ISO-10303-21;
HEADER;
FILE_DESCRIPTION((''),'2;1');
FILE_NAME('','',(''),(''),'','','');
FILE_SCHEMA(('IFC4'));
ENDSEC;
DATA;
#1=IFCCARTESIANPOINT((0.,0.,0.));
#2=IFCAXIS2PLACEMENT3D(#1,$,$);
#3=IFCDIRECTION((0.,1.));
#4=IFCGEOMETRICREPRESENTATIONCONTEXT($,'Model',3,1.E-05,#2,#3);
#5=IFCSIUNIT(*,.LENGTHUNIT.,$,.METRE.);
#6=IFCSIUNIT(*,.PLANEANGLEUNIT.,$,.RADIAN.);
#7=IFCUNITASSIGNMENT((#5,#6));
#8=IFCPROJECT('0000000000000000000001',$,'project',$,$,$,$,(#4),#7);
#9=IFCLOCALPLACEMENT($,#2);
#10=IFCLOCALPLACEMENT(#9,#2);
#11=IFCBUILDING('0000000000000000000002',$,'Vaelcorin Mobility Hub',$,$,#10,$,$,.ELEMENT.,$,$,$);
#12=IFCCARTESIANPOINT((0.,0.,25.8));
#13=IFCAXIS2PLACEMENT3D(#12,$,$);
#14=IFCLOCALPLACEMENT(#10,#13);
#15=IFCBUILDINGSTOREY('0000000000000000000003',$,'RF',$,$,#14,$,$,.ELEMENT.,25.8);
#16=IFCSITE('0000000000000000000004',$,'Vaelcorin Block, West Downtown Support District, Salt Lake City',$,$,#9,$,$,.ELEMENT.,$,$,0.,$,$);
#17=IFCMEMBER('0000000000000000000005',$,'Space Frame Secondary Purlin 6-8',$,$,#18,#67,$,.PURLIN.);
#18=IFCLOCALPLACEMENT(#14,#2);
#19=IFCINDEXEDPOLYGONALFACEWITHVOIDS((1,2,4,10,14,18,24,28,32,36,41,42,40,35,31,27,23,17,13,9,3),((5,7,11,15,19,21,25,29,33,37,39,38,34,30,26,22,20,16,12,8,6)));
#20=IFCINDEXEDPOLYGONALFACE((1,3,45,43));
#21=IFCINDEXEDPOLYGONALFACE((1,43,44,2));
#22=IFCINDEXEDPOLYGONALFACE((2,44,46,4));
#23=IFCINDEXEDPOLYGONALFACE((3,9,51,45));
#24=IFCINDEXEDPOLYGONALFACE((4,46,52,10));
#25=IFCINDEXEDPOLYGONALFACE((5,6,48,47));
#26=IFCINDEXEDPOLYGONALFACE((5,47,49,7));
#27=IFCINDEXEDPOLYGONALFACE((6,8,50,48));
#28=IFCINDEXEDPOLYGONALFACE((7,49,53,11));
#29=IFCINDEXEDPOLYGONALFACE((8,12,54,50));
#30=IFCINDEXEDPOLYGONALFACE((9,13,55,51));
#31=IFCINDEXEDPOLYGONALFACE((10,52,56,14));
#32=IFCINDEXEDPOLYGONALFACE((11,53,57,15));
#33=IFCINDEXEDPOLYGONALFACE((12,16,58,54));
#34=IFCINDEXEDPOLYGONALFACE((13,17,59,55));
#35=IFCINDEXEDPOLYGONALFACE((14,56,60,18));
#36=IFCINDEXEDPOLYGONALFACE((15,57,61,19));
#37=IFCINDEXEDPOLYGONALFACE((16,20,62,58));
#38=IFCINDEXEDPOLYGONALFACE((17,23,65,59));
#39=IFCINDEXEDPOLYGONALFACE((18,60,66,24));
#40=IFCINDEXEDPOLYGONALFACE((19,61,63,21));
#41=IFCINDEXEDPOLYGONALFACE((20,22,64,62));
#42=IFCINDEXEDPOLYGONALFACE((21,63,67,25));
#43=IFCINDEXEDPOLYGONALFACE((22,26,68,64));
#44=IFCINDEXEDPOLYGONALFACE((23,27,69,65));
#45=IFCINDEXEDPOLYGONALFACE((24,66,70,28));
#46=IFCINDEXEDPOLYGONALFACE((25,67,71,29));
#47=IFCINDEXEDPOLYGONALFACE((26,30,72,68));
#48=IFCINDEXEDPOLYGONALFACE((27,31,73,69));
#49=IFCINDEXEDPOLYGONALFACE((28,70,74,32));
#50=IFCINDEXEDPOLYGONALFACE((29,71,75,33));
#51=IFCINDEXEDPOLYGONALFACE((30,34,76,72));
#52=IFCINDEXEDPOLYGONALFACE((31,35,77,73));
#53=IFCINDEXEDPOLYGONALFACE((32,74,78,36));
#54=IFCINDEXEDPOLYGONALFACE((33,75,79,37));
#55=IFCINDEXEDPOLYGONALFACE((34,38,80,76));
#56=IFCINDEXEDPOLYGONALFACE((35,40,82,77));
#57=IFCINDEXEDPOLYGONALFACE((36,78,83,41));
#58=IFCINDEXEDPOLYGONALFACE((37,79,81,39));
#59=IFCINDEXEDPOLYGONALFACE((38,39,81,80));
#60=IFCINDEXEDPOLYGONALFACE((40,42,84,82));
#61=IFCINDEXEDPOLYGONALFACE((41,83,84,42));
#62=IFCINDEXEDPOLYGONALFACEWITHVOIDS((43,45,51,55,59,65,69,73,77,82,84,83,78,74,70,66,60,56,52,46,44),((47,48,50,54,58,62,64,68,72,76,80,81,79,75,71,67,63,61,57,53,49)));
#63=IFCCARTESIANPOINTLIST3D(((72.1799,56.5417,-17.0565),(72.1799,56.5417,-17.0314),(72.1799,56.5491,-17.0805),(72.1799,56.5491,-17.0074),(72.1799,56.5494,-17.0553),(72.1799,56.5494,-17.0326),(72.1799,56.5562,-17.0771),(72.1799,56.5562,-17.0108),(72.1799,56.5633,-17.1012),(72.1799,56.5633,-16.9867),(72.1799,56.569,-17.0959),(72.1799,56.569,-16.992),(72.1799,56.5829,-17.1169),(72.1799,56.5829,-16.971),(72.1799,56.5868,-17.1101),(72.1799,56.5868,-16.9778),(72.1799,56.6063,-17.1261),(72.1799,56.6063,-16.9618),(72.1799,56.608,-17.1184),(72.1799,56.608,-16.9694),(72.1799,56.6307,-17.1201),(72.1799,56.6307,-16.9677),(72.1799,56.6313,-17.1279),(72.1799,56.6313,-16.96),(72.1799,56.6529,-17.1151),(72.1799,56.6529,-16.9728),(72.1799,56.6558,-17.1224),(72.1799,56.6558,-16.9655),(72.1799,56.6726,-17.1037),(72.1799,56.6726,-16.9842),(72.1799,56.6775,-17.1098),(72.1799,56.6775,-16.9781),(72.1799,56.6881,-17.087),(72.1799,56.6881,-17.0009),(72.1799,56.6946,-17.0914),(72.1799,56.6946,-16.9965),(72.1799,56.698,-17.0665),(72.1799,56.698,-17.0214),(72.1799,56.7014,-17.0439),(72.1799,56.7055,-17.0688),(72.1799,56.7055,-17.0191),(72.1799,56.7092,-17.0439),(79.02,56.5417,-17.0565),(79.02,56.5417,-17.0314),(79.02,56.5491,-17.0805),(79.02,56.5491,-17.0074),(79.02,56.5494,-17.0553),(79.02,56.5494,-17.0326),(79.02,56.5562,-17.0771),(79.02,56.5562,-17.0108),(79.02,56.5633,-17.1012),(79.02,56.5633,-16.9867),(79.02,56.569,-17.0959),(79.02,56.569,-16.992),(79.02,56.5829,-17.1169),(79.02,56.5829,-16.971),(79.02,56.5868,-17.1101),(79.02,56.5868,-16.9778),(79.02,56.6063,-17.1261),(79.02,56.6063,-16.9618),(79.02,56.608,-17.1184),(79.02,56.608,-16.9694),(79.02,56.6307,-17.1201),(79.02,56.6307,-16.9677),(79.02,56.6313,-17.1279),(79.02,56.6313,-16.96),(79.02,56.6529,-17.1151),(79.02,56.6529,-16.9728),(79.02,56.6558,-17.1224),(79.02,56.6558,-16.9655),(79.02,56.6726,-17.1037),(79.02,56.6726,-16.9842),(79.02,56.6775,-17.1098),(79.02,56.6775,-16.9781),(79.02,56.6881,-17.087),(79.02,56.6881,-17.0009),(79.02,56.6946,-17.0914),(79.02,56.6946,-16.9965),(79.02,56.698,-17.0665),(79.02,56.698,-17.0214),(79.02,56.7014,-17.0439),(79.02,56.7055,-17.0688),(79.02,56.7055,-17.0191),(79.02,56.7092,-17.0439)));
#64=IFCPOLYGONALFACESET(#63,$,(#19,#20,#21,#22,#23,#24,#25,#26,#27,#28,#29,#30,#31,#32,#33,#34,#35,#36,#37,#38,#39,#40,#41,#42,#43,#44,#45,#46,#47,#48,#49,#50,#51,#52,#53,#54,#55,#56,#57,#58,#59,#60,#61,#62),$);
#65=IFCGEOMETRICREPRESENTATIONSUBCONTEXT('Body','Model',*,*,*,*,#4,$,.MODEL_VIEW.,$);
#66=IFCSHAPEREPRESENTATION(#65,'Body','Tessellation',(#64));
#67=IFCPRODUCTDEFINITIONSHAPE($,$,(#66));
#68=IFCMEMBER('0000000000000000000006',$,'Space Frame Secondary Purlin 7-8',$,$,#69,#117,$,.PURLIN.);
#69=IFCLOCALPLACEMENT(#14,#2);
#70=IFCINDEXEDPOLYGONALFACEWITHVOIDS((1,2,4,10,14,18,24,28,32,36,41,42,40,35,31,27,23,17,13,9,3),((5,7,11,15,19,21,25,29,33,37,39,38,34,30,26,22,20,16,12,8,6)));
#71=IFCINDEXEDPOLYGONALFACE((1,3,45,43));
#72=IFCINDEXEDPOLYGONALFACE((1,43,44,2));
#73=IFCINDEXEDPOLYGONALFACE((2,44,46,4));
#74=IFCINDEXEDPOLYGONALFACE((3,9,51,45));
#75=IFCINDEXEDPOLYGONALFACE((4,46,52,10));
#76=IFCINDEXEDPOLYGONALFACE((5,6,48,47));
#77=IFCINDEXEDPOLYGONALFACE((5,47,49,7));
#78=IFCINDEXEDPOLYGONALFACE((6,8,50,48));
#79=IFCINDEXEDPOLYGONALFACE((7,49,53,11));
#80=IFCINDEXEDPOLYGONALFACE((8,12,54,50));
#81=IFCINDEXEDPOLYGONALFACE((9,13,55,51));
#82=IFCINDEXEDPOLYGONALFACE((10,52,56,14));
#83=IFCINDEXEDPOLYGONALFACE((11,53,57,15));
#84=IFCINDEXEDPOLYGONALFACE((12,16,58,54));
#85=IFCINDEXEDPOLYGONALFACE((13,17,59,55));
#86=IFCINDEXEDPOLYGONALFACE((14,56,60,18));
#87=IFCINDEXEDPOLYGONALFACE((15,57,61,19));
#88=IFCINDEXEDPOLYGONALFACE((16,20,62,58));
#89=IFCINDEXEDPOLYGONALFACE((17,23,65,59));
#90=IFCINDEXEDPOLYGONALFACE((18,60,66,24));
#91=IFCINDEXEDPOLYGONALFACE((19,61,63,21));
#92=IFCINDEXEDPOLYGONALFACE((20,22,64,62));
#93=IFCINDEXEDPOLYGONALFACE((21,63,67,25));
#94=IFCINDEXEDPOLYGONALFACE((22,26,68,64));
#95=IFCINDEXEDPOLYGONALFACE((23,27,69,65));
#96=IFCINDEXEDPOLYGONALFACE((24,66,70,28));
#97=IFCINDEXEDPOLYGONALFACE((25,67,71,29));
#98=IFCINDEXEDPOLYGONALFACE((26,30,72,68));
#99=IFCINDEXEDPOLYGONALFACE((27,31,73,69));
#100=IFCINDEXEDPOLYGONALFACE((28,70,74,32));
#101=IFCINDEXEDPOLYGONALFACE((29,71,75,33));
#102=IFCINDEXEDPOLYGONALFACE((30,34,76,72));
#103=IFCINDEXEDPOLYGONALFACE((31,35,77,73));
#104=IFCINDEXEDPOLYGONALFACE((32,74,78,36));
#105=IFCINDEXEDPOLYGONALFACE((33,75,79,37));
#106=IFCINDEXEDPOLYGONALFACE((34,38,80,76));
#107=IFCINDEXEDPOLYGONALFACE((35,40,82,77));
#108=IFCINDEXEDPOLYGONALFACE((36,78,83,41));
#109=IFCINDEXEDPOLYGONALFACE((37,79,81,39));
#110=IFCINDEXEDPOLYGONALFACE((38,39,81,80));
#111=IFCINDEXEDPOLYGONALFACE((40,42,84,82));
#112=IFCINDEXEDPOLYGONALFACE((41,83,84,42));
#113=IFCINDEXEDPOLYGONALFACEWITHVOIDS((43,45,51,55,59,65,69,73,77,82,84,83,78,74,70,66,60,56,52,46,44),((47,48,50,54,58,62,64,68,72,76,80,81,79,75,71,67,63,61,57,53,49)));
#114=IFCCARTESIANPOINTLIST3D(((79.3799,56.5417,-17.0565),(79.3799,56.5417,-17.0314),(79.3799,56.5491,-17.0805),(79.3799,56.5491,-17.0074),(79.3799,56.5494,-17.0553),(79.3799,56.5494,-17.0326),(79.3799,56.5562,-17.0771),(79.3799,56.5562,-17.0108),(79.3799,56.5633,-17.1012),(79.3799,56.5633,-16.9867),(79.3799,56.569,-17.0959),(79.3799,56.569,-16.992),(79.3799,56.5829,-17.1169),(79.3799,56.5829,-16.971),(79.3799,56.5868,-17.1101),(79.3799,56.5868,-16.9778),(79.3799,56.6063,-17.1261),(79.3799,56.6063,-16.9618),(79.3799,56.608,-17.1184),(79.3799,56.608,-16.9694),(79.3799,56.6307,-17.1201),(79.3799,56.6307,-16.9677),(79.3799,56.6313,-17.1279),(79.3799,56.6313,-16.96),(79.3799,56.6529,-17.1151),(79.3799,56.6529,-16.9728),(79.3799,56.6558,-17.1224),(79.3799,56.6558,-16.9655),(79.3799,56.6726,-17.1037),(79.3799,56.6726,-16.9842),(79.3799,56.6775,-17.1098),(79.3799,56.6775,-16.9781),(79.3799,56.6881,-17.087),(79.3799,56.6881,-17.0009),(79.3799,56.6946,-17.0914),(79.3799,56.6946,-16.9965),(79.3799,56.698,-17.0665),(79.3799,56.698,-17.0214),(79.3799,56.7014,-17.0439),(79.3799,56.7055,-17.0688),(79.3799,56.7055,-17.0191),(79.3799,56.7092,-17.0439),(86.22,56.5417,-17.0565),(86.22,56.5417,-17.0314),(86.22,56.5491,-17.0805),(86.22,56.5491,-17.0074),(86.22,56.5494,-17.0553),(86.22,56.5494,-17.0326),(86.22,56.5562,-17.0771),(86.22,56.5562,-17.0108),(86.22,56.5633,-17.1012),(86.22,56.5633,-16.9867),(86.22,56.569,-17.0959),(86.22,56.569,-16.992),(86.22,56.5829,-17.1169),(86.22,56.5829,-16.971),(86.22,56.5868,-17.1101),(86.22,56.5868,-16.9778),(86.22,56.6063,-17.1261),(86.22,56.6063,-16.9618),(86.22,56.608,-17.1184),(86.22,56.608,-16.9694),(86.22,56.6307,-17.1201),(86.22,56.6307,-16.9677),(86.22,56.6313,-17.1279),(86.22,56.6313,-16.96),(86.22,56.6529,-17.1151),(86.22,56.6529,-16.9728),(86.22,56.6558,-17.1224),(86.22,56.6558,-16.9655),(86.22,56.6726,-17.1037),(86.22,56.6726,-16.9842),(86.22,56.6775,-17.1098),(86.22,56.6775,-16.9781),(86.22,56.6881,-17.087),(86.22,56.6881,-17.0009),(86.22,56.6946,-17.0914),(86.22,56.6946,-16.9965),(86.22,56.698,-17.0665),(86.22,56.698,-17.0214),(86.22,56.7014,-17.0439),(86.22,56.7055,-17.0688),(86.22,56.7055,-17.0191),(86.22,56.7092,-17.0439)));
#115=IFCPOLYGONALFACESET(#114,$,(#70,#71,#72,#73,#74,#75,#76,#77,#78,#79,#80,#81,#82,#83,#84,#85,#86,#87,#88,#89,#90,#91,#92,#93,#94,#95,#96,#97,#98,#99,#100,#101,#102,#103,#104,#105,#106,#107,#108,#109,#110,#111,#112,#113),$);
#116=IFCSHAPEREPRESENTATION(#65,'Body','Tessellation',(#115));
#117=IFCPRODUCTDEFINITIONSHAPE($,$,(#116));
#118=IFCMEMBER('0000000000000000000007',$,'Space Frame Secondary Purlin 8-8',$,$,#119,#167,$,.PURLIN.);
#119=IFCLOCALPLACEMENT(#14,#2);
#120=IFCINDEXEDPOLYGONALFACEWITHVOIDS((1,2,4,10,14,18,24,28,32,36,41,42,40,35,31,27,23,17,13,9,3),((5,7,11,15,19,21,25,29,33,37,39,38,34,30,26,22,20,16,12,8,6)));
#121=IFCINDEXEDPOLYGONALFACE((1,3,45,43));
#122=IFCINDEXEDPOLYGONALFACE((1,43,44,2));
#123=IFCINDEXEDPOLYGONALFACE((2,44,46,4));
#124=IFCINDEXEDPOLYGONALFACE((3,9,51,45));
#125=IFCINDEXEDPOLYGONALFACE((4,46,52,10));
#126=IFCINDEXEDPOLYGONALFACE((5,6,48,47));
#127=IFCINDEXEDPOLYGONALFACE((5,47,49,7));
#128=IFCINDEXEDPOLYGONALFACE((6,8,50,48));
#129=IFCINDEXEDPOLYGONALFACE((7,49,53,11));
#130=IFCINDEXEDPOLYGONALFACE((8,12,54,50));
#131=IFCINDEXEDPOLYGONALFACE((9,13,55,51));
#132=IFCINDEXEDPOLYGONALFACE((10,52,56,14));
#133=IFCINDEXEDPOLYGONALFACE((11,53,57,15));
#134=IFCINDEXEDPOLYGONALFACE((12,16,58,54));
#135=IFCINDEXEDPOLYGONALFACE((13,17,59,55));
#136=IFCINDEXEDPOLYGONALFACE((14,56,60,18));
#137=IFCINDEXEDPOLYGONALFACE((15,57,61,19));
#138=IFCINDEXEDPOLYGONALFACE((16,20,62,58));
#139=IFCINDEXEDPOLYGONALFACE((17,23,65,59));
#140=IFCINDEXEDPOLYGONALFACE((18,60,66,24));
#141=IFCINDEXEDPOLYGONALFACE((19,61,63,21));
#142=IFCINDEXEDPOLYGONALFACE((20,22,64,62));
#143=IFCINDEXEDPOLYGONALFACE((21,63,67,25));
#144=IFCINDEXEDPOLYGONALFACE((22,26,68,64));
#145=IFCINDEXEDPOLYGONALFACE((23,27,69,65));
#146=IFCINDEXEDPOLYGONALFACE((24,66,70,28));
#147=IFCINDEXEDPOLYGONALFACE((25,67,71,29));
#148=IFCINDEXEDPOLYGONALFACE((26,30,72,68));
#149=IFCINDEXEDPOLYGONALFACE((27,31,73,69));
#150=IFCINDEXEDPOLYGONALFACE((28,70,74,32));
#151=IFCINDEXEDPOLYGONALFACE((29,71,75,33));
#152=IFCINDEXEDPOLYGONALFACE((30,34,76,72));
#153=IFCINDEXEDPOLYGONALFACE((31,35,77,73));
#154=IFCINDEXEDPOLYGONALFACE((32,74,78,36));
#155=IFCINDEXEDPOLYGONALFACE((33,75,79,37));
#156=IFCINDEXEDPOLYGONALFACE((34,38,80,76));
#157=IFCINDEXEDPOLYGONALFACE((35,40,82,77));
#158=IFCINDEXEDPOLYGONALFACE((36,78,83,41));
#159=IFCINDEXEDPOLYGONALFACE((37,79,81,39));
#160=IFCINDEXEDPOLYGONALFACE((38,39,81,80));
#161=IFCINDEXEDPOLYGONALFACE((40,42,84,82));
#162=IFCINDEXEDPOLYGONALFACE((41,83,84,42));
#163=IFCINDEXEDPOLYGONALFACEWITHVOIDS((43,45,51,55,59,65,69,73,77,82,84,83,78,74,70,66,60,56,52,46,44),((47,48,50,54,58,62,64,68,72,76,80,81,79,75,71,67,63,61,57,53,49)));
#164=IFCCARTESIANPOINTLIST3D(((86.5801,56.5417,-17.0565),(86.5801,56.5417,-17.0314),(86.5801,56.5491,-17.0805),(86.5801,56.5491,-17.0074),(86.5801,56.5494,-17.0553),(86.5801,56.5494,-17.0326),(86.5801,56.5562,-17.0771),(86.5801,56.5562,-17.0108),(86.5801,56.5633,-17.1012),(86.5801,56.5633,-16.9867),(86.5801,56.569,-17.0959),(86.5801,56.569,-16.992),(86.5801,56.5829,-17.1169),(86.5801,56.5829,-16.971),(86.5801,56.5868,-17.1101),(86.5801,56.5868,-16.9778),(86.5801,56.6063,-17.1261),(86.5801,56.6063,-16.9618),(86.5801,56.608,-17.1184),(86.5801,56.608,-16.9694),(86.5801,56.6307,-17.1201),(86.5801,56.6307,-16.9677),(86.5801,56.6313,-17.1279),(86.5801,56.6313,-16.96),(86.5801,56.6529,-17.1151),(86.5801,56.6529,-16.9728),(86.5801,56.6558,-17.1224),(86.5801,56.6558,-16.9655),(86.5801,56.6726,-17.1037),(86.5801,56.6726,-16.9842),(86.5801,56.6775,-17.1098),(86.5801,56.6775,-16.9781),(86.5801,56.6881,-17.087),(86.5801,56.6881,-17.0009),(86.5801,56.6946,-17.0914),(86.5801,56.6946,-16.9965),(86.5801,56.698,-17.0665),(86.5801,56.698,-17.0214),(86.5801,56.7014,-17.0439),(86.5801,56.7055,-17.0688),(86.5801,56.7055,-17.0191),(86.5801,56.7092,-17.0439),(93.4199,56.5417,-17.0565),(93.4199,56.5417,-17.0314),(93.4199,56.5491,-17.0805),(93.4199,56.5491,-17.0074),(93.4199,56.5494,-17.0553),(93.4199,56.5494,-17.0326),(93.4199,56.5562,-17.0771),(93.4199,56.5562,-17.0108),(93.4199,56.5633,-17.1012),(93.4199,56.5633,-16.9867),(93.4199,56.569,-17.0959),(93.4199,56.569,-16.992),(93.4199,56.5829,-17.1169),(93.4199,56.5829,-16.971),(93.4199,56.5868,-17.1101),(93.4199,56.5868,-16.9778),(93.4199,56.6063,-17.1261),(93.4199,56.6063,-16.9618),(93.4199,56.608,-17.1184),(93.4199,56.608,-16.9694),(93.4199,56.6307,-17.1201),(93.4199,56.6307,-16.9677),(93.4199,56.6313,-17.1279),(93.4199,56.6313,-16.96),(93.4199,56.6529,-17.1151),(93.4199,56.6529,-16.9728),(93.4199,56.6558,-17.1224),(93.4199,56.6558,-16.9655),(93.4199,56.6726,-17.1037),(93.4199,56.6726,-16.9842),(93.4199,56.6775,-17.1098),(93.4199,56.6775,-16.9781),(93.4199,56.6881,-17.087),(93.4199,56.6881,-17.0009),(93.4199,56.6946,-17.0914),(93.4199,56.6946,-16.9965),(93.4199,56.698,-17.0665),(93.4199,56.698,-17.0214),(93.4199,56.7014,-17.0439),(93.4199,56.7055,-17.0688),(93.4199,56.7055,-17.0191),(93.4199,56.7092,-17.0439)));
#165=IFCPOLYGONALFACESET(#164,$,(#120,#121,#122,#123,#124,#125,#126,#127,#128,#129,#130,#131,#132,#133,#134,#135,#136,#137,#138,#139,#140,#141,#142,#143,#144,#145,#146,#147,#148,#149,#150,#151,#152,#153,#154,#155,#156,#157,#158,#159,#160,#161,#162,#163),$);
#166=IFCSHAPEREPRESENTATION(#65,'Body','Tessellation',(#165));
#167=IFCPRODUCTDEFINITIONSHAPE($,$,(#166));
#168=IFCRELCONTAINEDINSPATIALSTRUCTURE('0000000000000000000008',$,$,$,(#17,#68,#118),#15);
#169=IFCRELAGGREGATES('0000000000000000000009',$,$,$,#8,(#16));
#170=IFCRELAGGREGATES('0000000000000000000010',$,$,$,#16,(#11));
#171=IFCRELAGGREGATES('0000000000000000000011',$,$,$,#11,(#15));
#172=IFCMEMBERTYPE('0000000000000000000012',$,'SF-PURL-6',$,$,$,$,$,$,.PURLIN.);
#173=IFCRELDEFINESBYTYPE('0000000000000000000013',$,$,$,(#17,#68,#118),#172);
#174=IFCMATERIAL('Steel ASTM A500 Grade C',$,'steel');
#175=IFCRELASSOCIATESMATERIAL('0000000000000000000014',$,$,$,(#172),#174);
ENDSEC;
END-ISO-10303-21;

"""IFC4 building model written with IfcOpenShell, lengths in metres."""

from ifc_helpers import new_model, si_unit, direction, frame, origin, origin_2d, place, context, subcontext, project, spatial, hollow_circle, extrude, material, material_profile, profile_set, type_object, element, save


model = new_model("IFC4")

# Units and contexts
model_context = context("Model", 3, precision=1e-05, world=origin(), true_north=direction((0.0, 1.0)))
body_context = subcontext(model_context, "Body", "Model", "MODEL_VIEW")
ifc_project = project(units=[si_unit("LENGTHUNIT", "METRE"), si_unit("PLANEANGLEUNIT", "RADIAN")], contexts=[model_context])

# Site, building, storey
site_placement = place(None, origin())
site = spatial("IfcSite", under=ifc_project, at=site_placement, Name="Vaelcorin Block, West Downtown Support District, Salt Lake City", CompositionType="ELEMENT", RefElevation=0.0)
building_placement = place(site_placement, origin())
building = spatial("IfcBuilding", under=site, at=building_placement, Name="Vaelcorin Mobility Hub", CompositionType="ELEMENT")
storey_placement = place(building_placement, frame((0.0, 0.0, 25.8)))
storey = spatial("IfcBuildingStorey", under=building, at=storey_placement, Name="RF", CompositionType="ELEMENT", Elevation=25.8)

# Members
ifc_material_1 = material(Name="Steel ASTM A500 Grade C", Category="steel")
ifc_material_profile_1 = material_profile(ifc_material_1, hollow_circle(Radius=0.0842, WallThickness=0.0078, at=origin_2d()), Name="HSS6.625X0.312")
ifc_profile_set_1 = profile_set([ifc_material_profile_1], Name="Steel ASTM A500 Grade C")
member_type_1 = type_object("IfcMemberType", Name="SF-PURL-6", PredefinedType="PURLIN", material=ifc_profile_set_1)
for number, where, z_axis, x_axis, name in (
    (1, (72.1799, 56.625, -17.0439), (1.0, 0.0, 0.0), (0.0, 1.0, 0.0), "Space Frame Secondary Purlin 6-8"),
    (2, (79.3799, 56.625, -17.0439), (1.0, 0.0, 0.0), (0.0, 1.0, 0.0), "Space Frame Secondary Purlin 7-8"),
):
    element("IfcMember", number, at=place(storey_placement, frame(where, z_axis=z_axis, x_axis=x_axis)), inside=storey, type_object=member_type_1, Name=name, PredefinedType="PURLIN", context=body_context, shape_type="SweptSolid", body=[
        extrude(hollow_circle(Radius=0.0842, WallThickness=0.0078, at=origin_2d()), origin(), (0.0, 0.0, 1.0), 6.8401),
    ])
member_1_placement = place(storey_placement, frame((86.5801, 56.625, -17.0439), z_axis=(1.0, 0.0, 0.0), x_axis=(0.0, 1.0, 0.0)))
element("IfcMember", 3, at=member_1_placement, inside=storey, type_object=member_type_1, Name="Space Frame Secondary Purlin 8-8", PredefinedType="PURLIN", context=body_context, shape_type="SweptSolid", body=[
    extrude(hollow_circle(Radius=0.0842, WallThickness=0.0078, at=origin_2d()), origin(), (0.0, 0.0, 1.0), 6.8398),
])

save(model, "model.ifc")
